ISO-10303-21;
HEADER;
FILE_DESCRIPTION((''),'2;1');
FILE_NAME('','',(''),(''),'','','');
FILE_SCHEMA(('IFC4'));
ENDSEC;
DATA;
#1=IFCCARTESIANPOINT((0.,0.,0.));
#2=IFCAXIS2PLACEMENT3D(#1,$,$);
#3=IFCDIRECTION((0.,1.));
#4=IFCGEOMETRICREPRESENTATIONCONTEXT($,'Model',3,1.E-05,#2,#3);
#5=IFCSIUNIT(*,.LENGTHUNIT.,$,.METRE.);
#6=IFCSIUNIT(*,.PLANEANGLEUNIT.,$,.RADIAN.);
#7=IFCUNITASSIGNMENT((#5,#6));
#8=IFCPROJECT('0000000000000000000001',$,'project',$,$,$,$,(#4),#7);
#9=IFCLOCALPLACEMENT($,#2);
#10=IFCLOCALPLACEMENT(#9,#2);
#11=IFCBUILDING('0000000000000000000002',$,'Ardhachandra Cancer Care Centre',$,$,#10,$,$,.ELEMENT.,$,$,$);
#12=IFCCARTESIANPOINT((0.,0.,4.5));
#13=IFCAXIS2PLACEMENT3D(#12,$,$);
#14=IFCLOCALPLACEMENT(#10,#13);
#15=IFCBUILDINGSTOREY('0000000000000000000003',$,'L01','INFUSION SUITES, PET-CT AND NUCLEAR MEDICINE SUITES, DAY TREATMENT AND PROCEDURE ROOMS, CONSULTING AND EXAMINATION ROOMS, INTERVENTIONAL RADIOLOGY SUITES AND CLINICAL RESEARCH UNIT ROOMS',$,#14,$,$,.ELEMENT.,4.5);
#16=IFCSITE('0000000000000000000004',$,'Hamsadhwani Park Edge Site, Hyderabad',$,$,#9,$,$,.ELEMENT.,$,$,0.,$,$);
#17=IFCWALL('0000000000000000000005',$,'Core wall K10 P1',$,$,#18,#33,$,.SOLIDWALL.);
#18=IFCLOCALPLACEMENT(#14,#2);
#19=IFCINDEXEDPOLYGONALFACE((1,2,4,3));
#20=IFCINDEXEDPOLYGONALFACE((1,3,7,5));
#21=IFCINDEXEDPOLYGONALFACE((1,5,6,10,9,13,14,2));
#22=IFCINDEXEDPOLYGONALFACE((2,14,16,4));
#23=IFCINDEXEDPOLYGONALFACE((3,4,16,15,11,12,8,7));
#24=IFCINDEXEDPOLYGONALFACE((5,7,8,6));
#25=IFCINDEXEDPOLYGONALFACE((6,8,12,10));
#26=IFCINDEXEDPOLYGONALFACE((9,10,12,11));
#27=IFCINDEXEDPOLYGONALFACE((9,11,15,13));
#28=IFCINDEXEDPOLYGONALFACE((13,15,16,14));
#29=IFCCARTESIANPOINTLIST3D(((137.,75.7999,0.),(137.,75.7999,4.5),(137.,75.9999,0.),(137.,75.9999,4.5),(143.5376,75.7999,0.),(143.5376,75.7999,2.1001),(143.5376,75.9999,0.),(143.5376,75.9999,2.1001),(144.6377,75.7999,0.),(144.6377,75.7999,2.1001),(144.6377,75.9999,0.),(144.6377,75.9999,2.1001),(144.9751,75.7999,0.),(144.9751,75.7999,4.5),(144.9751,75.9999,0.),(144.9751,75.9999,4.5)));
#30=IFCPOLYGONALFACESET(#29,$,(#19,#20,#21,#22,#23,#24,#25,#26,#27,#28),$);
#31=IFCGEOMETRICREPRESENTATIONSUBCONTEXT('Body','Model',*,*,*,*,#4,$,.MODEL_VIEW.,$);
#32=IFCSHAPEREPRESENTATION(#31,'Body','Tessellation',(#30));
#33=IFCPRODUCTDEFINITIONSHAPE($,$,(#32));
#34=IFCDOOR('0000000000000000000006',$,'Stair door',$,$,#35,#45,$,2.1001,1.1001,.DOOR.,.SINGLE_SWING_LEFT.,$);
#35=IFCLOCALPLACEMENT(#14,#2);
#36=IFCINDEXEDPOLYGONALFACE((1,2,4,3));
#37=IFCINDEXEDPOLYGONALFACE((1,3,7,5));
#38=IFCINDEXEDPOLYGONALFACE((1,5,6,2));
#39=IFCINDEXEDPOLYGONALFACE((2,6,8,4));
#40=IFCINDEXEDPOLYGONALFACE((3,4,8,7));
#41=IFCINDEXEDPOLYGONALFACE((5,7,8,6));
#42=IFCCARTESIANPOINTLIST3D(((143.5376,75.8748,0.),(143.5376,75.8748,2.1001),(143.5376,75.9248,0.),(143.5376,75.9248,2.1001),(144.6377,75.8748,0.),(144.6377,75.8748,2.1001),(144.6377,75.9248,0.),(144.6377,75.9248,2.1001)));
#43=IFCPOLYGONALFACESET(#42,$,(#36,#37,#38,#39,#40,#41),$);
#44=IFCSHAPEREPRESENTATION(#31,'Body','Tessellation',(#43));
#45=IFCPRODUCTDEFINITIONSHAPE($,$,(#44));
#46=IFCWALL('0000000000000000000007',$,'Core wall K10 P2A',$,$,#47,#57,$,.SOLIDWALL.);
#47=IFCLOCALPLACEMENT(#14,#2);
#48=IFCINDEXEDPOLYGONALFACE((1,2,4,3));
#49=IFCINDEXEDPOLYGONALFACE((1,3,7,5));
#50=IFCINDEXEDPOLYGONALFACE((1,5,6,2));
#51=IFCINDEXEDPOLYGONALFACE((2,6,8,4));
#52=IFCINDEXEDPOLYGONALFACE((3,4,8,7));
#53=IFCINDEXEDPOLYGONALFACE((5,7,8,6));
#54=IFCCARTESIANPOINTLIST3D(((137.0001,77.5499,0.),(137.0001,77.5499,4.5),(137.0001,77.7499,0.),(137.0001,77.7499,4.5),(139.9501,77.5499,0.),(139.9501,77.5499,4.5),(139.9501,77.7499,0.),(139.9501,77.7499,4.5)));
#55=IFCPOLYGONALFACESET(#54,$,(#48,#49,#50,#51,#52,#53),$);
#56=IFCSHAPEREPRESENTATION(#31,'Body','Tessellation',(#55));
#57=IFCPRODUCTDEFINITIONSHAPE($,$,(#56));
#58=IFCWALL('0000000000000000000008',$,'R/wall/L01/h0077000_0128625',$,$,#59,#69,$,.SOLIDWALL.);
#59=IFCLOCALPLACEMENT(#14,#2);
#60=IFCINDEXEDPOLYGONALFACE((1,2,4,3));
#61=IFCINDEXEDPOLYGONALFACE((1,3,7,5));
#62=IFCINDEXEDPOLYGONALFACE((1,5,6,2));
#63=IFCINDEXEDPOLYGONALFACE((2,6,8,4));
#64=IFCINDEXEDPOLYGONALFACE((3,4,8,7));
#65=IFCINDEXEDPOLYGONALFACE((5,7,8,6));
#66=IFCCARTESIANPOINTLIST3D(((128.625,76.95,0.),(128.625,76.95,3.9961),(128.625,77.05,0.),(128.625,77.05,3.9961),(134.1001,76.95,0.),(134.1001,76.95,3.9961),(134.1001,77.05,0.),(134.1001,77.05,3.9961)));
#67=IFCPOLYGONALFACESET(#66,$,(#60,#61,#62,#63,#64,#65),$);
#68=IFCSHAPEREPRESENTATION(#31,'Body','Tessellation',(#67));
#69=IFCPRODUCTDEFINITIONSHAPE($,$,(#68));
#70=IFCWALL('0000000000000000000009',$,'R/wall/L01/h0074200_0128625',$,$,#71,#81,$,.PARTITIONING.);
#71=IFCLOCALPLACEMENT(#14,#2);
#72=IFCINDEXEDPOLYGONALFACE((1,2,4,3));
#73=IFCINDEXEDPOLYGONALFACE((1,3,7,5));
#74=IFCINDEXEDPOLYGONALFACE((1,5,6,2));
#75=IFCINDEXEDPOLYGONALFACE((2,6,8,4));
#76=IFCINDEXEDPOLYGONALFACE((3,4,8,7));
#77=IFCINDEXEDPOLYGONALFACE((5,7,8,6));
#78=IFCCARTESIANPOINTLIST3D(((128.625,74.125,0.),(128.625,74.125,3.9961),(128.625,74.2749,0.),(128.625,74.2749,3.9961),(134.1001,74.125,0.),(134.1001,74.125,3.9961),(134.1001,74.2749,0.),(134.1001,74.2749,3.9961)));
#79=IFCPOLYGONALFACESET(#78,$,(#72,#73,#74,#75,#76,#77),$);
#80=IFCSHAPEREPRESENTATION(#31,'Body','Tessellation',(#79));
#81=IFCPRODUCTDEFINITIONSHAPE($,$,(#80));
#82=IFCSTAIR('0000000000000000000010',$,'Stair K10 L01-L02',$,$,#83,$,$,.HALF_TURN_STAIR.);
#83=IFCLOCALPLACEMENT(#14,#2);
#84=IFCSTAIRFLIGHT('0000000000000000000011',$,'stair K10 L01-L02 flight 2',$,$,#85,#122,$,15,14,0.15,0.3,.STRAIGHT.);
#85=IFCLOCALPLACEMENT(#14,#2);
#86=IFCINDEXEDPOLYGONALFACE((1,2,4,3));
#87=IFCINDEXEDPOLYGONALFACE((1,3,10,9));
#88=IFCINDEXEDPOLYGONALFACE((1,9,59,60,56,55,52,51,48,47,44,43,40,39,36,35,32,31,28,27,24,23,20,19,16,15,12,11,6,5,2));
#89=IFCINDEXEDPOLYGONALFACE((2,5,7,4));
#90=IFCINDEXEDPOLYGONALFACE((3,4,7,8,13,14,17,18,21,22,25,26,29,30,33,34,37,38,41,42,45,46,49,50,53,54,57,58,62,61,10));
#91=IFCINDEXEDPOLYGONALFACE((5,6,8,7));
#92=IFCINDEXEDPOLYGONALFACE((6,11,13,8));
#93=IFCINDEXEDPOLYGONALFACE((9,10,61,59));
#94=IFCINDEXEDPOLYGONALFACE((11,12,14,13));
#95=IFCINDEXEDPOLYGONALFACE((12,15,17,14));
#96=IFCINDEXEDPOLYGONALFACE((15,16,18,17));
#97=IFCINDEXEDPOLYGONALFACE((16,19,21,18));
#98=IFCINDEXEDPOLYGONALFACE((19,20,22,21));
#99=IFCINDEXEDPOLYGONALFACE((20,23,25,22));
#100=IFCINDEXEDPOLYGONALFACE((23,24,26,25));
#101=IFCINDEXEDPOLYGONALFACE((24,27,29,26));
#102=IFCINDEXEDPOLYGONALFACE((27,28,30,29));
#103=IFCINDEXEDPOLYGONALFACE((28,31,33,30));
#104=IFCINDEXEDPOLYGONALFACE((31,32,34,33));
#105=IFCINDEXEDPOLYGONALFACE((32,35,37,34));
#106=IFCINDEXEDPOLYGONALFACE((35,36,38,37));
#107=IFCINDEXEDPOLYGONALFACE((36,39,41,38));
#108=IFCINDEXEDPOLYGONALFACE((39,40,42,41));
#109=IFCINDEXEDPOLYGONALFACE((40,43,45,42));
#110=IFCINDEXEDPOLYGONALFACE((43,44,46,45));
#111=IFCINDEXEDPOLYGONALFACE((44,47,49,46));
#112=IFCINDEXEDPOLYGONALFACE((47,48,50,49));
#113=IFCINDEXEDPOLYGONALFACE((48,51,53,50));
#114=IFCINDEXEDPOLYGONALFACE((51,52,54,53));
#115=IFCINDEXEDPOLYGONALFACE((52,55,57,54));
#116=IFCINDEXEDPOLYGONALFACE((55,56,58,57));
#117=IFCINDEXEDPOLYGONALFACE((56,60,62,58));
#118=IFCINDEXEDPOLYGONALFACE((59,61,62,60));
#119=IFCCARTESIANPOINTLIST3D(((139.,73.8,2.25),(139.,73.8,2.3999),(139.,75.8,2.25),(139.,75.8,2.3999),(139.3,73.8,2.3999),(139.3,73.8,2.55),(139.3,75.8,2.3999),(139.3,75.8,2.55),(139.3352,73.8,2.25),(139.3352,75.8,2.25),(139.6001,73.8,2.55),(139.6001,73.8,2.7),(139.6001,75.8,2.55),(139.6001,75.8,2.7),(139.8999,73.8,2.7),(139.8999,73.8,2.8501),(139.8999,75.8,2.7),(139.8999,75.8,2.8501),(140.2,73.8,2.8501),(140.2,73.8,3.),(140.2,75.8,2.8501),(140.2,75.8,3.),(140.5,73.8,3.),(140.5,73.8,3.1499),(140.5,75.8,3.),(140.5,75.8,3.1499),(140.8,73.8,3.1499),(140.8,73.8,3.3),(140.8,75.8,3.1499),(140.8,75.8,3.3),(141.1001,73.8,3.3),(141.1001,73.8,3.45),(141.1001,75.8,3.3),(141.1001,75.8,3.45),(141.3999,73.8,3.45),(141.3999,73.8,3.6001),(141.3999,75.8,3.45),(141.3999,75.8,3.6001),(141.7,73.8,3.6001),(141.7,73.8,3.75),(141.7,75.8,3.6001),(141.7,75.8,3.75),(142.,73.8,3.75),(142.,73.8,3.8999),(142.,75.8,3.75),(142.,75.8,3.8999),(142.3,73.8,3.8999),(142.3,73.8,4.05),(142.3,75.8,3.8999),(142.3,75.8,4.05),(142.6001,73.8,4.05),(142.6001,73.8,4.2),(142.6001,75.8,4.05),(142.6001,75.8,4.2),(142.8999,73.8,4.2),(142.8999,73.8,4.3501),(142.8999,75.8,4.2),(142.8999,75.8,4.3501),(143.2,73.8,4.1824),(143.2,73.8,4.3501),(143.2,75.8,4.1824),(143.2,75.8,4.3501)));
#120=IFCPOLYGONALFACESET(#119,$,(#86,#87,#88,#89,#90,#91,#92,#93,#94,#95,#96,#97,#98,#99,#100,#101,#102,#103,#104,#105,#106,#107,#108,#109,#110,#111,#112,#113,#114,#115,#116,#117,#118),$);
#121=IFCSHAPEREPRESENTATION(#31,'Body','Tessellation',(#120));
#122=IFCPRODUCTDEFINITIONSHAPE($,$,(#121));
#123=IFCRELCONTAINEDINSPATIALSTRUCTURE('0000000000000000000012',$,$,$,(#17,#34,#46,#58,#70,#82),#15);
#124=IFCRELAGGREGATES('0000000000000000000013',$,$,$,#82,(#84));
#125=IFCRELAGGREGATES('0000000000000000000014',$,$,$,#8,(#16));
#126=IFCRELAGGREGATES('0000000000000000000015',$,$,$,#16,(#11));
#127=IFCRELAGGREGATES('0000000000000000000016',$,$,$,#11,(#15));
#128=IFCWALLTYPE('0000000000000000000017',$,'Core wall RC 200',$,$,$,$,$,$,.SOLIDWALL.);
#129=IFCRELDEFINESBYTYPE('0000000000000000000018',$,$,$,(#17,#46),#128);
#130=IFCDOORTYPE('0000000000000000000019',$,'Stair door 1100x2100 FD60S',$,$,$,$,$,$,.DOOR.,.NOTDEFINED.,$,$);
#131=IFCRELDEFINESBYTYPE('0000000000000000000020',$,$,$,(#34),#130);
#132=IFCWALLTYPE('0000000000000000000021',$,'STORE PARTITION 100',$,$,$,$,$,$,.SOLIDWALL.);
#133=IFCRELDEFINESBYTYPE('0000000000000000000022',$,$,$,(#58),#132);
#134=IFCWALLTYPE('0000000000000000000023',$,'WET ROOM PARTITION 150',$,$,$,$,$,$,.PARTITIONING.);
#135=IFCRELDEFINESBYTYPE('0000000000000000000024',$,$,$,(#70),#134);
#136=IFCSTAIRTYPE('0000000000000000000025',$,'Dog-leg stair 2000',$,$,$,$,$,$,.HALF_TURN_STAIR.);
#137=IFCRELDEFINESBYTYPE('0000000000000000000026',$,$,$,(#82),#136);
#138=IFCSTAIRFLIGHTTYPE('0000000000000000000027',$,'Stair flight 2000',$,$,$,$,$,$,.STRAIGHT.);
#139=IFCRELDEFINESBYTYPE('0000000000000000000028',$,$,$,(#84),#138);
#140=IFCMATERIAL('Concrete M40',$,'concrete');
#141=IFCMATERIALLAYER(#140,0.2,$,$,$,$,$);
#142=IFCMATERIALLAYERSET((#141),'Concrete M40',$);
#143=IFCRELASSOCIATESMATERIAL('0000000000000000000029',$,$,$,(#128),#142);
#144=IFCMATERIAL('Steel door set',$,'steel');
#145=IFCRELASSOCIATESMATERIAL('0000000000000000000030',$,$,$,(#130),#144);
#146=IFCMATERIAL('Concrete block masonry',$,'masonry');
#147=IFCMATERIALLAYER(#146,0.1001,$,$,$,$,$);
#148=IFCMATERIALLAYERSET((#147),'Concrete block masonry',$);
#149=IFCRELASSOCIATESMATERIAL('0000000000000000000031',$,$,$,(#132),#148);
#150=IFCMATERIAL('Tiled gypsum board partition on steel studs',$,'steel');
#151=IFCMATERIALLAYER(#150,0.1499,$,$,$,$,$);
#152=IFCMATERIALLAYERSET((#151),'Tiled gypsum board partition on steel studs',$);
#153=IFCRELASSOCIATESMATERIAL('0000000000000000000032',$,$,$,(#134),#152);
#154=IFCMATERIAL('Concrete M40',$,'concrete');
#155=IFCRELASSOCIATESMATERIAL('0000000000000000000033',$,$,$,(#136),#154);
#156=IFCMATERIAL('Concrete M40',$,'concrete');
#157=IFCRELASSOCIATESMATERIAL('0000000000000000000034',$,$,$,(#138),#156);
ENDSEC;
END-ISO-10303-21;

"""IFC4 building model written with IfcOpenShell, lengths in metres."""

from ifc_helpers import new_model, si_unit, direction, frame, frame_2d, origin, place, context, subcontext, project, spatial, polyline, rectangle, outline, extrude, material, layer, layer_set, type_object, element, fill, aggregate, save


model = new_model("IFC4")

# Units and contexts
model_context = context("Model", 3, precision=1e-05, world=origin(), true_north=direction((0.0, 1.0)))
body_context = subcontext(model_context, "Body", "Model", "MODEL_VIEW")
ifc_project = project(units=[si_unit("LENGTHUNIT", "METRE"), si_unit("PLANEANGLEUNIT", "RADIAN")], contexts=[model_context])

# Site, building, storey
site_placement = place(None, origin())
site = spatial("IfcSite", under=ifc_project, at=site_placement, Name="Hamsadhwani Park Edge Site, Hyderabad", CompositionType="ELEMENT", RefElevation=0.0)
building_placement = place(site_placement, origin())
building = spatial("IfcBuilding", under=site, at=building_placement, Name="Ardhachandra Cancer Care Centre", CompositionType="ELEMENT")
storey_placement = place(building_placement, frame((0.0, 0.0, 4.5)))
storey = spatial("IfcBuildingStorey", under=building, at=storey_placement, Name="L01", Description="INFUSION SUITES, PET-CT AND NUCLEAR MEDICINE SUITES, DAY TREATMENT AND PROCEDURE ROOMS, CONSULTING AND EXAMINATION ROOMS, INTERVENTIONAL RADIOLOGY SUITES AND CLINICAL RESEARCH UNIT ROOMS", CompositionType="ELEMENT", Elevation=4.5)

# Shared definitions
ifc_material_1 = material(Name="Concrete M40", Category="concrete")
ifc_layer_1 = layer(ifc_material_1, 0.2)
ifc_layer_set_1 = layer_set([ifc_layer_1], Name="Concrete M40")
wall_type_1 = type_object("IfcWallType", Name="Core wall RC 200", PredefinedType="SOLIDWALL", material=ifc_layer_set_1)

# Wall, opening, door
wall_1_placement = place(storey_placement, frame((137.0, 75.8999, 0.0), z_axis=(0.0, 0.0, 1.0), x_axis=(1.0, 0.0, 0.0)))
wall_1 = element("IfcWall", 1, at=wall_1_placement, inside=storey, type_object=wall_type_1, Name="Core wall K10 P1", PredefinedType="SOLIDWALL", context=body_context, shape_type="SweptSolid", body=[
    extrude(rectangle(XDim=7.9751, YDim=0.2, at=frame_2d((3.9875, 0.0))), origin(), (0.0, 0.0, 1.0), 4.5),
])
opening_1_placement = place(wall_1_placement, frame((6.5376, 0.0, 0.0)))
opening_1 = element("IfcOpeningElement", 2, at=opening_1_placement, cuts=wall_1, PredefinedType="OPENING", context=body_context, shape_type="SweptSolid", body=[
    extrude(rectangle(XDim=1.1001, YDim=2.1001, at=frame_2d((0.55, 1.05))), frame((0.0, 0.1099, 0.0), z_axis=(0.0, -1.0, 0.0), x_axis=(1.0, 0.0, 0.0)), (0.0, 0.0, 1.0), 0.22),
])
ifc_material_2 = material(Name="Steel door set", Category="steel")
door_type_1 = type_object("IfcDoorType", Name="Stair door 1100x2100 FD60S", OperationType="NOTDEFINED", PredefinedType="DOOR", material=ifc_material_2)
door_1_placement = place(opening_1_placement, origin())
door_1 = element("IfcDoor", 3, at=door_1_placement, inside=storey, type_object=door_type_1, Name="Stair door", OperationType="SINGLE_SWING_LEFT", OverallHeight=2.1001, OverallWidth=1.1001, PredefinedType="DOOR", context=body_context, shape_type="SweptSolid", body=[
    extrude(rectangle(XDim=1.1001, YDim=2.1001, at=frame_2d((0.55, 1.05))), frame((0.0, 0.0249, 0.0), z_axis=(0.0, -1.0, 0.0), x_axis=(1.0, 0.0, 0.0)), (0.0, 0.0, 1.0), 0.05),
])
fill(opening_1, door_1)

# Walls
wall_2_placement = place(storey_placement, frame((137.0, 77.6499, 0.0), z_axis=(0.0, 0.0, 1.0), x_axis=(1.0, 0.0, 0.0)))
element("IfcWall", 4, at=wall_2_placement, inside=storey, type_object=wall_type_1, Name="Core wall K10 P2A", PredefinedType="SOLIDWALL", context=body_context, shape_type="SweptSolid", body=[
    extrude(rectangle(XDim=2.95, YDim=0.2, at=frame_2d((1.4751, 0.0))), origin(), (0.0, 0.0, 1.0), 4.5),
])
ifc_material_3 = material(Name="Concrete block masonry", Category="masonry")
ifc_layer_2 = layer(ifc_material_3, 0.1001)
ifc_layer_set_2 = layer_set([ifc_layer_2], Name="Concrete block masonry")
wall_type_2 = type_object("IfcWallType", Name="STORE PARTITION 100", PredefinedType="SOLIDWALL", material=ifc_layer_set_2)
wall_3_placement = place(storey_placement, frame((128.625, 77.0, 0.0), z_axis=(0.0, 0.0, 1.0), x_axis=(1.0, 0.0, 0.0)))
element("IfcWall", 5, at=wall_3_placement, inside=storey, type_object=wall_type_2, Name="R/wall/L01/h0077000_0128625", PredefinedType="SOLIDWALL", context=body_context, shape_type="SweptSolid", body=[
    extrude(rectangle(XDim=5.4751, YDim=0.1001, at=frame_2d((2.7375, 0.0))), origin(), (0.0, 0.0, 1.0), 3.9961),
])
ifc_material_4 = material(Name="Tiled gypsum board partition on steel studs", Category="steel")
ifc_layer_3 = layer(ifc_material_4, 0.1499)
ifc_layer_set_3 = layer_set([ifc_layer_3], Name="Tiled gypsum board partition on steel studs")
wall_type_3 = type_object("IfcWallType", Name="WET ROOM PARTITION 150", PredefinedType="PARTITIONING", material=ifc_layer_set_3)
wall_4_placement = place(storey_placement, frame((128.625, 74.2, 0.0), z_axis=(0.0, 0.0, 1.0), x_axis=(1.0, 0.0, 0.0)))
element("IfcWall", 6, at=wall_4_placement, inside=storey, type_object=wall_type_3, Name="R/wall/L01/h0074200_0128625", PredefinedType="PARTITIONING", context=body_context, shape_type="SweptSolid", body=[
    extrude(rectangle(XDim=5.4751, YDim=0.1499, at=frame_2d((2.7375, 0.0))), origin(), (0.0, 0.0, 1.0), 3.9961),
])

# Stair, stair flight
ifc_material_5 = material(Name="Concrete M40", Category="concrete")
stair_type = type_object("IfcStairType", Name="Dog-leg stair 2000", PredefinedType="HALF_TURN_STAIR", material=ifc_material_5)
stair_placement = place(storey_placement, origin())
stair = element("IfcStair", 7, at=stair_placement, inside=storey, type_object=stair_type, Name="Stair K10 L01-L02", PredefinedType="HALF_TURN_STAIR")
ifc_material_6 = material(Name="Concrete M40", Category="concrete")
stair_flight_type = type_object("IfcStairFlightType", Name="Stair flight 2000", PredefinedType="STRAIGHT", material=ifc_material_6)
stair_flight_placement = place(storey_placement, frame((139.0, 74.8, 2.25), z_axis=(0.0, 0.0, 1.0), x_axis=(1.0, 0.0, 0.0)))
stair_flight = element("IfcStairFlight", 8, at=stair_flight_placement, type_object=stair_flight_type, Name="stair K10 L01-L02 flight 2", NumberOfRisers=15, NumberOfTreads=14, PredefinedType="STRAIGHT", RiserHeight=0.15, TreadLength=0.3, context=body_context, shape_type="SweptSolid", body=[
    extrude(outline(polyline([(0.0, 0.0), (0.0, 0.1499), (0.3, 0.1499), (0.3, 0.3), (0.6001, 0.3), (0.6001, 0.45), (0.8999, 0.45), (0.8999, 0.6001), (1.2, 0.6001), (1.2, 0.75), (1.5, 0.75), (1.5, 0.8999), (1.8, 0.8999), (1.8, 1.05), (2.1001, 1.05), (2.1001, 1.2), (2.3999, 1.2), (2.3999, 1.3501), (2.7, 1.3501), (2.7, 1.5), (3.0, 1.5), (3.0, 1.6499), (3.3, 1.6499), (3.3, 1.8), (3.6001, 1.8), (3.6001, 1.95), (3.8999, 1.95), (3.8999, 2.1001), (4.2, 2.1001), (4.2, 2.25), (4.2, 1.9324), (0.3352, 0.0), (0.0, 0.0)])), frame((0.0, 1.0, 0.0), z_axis=(0.0, -1.0, 0.0), x_axis=(1.0, 0.0, 0.0)), (0.0, 0.0, 1.0), 2.0),
])
aggregate(stair, [stair_flight])

save(model, "model.ifc")
